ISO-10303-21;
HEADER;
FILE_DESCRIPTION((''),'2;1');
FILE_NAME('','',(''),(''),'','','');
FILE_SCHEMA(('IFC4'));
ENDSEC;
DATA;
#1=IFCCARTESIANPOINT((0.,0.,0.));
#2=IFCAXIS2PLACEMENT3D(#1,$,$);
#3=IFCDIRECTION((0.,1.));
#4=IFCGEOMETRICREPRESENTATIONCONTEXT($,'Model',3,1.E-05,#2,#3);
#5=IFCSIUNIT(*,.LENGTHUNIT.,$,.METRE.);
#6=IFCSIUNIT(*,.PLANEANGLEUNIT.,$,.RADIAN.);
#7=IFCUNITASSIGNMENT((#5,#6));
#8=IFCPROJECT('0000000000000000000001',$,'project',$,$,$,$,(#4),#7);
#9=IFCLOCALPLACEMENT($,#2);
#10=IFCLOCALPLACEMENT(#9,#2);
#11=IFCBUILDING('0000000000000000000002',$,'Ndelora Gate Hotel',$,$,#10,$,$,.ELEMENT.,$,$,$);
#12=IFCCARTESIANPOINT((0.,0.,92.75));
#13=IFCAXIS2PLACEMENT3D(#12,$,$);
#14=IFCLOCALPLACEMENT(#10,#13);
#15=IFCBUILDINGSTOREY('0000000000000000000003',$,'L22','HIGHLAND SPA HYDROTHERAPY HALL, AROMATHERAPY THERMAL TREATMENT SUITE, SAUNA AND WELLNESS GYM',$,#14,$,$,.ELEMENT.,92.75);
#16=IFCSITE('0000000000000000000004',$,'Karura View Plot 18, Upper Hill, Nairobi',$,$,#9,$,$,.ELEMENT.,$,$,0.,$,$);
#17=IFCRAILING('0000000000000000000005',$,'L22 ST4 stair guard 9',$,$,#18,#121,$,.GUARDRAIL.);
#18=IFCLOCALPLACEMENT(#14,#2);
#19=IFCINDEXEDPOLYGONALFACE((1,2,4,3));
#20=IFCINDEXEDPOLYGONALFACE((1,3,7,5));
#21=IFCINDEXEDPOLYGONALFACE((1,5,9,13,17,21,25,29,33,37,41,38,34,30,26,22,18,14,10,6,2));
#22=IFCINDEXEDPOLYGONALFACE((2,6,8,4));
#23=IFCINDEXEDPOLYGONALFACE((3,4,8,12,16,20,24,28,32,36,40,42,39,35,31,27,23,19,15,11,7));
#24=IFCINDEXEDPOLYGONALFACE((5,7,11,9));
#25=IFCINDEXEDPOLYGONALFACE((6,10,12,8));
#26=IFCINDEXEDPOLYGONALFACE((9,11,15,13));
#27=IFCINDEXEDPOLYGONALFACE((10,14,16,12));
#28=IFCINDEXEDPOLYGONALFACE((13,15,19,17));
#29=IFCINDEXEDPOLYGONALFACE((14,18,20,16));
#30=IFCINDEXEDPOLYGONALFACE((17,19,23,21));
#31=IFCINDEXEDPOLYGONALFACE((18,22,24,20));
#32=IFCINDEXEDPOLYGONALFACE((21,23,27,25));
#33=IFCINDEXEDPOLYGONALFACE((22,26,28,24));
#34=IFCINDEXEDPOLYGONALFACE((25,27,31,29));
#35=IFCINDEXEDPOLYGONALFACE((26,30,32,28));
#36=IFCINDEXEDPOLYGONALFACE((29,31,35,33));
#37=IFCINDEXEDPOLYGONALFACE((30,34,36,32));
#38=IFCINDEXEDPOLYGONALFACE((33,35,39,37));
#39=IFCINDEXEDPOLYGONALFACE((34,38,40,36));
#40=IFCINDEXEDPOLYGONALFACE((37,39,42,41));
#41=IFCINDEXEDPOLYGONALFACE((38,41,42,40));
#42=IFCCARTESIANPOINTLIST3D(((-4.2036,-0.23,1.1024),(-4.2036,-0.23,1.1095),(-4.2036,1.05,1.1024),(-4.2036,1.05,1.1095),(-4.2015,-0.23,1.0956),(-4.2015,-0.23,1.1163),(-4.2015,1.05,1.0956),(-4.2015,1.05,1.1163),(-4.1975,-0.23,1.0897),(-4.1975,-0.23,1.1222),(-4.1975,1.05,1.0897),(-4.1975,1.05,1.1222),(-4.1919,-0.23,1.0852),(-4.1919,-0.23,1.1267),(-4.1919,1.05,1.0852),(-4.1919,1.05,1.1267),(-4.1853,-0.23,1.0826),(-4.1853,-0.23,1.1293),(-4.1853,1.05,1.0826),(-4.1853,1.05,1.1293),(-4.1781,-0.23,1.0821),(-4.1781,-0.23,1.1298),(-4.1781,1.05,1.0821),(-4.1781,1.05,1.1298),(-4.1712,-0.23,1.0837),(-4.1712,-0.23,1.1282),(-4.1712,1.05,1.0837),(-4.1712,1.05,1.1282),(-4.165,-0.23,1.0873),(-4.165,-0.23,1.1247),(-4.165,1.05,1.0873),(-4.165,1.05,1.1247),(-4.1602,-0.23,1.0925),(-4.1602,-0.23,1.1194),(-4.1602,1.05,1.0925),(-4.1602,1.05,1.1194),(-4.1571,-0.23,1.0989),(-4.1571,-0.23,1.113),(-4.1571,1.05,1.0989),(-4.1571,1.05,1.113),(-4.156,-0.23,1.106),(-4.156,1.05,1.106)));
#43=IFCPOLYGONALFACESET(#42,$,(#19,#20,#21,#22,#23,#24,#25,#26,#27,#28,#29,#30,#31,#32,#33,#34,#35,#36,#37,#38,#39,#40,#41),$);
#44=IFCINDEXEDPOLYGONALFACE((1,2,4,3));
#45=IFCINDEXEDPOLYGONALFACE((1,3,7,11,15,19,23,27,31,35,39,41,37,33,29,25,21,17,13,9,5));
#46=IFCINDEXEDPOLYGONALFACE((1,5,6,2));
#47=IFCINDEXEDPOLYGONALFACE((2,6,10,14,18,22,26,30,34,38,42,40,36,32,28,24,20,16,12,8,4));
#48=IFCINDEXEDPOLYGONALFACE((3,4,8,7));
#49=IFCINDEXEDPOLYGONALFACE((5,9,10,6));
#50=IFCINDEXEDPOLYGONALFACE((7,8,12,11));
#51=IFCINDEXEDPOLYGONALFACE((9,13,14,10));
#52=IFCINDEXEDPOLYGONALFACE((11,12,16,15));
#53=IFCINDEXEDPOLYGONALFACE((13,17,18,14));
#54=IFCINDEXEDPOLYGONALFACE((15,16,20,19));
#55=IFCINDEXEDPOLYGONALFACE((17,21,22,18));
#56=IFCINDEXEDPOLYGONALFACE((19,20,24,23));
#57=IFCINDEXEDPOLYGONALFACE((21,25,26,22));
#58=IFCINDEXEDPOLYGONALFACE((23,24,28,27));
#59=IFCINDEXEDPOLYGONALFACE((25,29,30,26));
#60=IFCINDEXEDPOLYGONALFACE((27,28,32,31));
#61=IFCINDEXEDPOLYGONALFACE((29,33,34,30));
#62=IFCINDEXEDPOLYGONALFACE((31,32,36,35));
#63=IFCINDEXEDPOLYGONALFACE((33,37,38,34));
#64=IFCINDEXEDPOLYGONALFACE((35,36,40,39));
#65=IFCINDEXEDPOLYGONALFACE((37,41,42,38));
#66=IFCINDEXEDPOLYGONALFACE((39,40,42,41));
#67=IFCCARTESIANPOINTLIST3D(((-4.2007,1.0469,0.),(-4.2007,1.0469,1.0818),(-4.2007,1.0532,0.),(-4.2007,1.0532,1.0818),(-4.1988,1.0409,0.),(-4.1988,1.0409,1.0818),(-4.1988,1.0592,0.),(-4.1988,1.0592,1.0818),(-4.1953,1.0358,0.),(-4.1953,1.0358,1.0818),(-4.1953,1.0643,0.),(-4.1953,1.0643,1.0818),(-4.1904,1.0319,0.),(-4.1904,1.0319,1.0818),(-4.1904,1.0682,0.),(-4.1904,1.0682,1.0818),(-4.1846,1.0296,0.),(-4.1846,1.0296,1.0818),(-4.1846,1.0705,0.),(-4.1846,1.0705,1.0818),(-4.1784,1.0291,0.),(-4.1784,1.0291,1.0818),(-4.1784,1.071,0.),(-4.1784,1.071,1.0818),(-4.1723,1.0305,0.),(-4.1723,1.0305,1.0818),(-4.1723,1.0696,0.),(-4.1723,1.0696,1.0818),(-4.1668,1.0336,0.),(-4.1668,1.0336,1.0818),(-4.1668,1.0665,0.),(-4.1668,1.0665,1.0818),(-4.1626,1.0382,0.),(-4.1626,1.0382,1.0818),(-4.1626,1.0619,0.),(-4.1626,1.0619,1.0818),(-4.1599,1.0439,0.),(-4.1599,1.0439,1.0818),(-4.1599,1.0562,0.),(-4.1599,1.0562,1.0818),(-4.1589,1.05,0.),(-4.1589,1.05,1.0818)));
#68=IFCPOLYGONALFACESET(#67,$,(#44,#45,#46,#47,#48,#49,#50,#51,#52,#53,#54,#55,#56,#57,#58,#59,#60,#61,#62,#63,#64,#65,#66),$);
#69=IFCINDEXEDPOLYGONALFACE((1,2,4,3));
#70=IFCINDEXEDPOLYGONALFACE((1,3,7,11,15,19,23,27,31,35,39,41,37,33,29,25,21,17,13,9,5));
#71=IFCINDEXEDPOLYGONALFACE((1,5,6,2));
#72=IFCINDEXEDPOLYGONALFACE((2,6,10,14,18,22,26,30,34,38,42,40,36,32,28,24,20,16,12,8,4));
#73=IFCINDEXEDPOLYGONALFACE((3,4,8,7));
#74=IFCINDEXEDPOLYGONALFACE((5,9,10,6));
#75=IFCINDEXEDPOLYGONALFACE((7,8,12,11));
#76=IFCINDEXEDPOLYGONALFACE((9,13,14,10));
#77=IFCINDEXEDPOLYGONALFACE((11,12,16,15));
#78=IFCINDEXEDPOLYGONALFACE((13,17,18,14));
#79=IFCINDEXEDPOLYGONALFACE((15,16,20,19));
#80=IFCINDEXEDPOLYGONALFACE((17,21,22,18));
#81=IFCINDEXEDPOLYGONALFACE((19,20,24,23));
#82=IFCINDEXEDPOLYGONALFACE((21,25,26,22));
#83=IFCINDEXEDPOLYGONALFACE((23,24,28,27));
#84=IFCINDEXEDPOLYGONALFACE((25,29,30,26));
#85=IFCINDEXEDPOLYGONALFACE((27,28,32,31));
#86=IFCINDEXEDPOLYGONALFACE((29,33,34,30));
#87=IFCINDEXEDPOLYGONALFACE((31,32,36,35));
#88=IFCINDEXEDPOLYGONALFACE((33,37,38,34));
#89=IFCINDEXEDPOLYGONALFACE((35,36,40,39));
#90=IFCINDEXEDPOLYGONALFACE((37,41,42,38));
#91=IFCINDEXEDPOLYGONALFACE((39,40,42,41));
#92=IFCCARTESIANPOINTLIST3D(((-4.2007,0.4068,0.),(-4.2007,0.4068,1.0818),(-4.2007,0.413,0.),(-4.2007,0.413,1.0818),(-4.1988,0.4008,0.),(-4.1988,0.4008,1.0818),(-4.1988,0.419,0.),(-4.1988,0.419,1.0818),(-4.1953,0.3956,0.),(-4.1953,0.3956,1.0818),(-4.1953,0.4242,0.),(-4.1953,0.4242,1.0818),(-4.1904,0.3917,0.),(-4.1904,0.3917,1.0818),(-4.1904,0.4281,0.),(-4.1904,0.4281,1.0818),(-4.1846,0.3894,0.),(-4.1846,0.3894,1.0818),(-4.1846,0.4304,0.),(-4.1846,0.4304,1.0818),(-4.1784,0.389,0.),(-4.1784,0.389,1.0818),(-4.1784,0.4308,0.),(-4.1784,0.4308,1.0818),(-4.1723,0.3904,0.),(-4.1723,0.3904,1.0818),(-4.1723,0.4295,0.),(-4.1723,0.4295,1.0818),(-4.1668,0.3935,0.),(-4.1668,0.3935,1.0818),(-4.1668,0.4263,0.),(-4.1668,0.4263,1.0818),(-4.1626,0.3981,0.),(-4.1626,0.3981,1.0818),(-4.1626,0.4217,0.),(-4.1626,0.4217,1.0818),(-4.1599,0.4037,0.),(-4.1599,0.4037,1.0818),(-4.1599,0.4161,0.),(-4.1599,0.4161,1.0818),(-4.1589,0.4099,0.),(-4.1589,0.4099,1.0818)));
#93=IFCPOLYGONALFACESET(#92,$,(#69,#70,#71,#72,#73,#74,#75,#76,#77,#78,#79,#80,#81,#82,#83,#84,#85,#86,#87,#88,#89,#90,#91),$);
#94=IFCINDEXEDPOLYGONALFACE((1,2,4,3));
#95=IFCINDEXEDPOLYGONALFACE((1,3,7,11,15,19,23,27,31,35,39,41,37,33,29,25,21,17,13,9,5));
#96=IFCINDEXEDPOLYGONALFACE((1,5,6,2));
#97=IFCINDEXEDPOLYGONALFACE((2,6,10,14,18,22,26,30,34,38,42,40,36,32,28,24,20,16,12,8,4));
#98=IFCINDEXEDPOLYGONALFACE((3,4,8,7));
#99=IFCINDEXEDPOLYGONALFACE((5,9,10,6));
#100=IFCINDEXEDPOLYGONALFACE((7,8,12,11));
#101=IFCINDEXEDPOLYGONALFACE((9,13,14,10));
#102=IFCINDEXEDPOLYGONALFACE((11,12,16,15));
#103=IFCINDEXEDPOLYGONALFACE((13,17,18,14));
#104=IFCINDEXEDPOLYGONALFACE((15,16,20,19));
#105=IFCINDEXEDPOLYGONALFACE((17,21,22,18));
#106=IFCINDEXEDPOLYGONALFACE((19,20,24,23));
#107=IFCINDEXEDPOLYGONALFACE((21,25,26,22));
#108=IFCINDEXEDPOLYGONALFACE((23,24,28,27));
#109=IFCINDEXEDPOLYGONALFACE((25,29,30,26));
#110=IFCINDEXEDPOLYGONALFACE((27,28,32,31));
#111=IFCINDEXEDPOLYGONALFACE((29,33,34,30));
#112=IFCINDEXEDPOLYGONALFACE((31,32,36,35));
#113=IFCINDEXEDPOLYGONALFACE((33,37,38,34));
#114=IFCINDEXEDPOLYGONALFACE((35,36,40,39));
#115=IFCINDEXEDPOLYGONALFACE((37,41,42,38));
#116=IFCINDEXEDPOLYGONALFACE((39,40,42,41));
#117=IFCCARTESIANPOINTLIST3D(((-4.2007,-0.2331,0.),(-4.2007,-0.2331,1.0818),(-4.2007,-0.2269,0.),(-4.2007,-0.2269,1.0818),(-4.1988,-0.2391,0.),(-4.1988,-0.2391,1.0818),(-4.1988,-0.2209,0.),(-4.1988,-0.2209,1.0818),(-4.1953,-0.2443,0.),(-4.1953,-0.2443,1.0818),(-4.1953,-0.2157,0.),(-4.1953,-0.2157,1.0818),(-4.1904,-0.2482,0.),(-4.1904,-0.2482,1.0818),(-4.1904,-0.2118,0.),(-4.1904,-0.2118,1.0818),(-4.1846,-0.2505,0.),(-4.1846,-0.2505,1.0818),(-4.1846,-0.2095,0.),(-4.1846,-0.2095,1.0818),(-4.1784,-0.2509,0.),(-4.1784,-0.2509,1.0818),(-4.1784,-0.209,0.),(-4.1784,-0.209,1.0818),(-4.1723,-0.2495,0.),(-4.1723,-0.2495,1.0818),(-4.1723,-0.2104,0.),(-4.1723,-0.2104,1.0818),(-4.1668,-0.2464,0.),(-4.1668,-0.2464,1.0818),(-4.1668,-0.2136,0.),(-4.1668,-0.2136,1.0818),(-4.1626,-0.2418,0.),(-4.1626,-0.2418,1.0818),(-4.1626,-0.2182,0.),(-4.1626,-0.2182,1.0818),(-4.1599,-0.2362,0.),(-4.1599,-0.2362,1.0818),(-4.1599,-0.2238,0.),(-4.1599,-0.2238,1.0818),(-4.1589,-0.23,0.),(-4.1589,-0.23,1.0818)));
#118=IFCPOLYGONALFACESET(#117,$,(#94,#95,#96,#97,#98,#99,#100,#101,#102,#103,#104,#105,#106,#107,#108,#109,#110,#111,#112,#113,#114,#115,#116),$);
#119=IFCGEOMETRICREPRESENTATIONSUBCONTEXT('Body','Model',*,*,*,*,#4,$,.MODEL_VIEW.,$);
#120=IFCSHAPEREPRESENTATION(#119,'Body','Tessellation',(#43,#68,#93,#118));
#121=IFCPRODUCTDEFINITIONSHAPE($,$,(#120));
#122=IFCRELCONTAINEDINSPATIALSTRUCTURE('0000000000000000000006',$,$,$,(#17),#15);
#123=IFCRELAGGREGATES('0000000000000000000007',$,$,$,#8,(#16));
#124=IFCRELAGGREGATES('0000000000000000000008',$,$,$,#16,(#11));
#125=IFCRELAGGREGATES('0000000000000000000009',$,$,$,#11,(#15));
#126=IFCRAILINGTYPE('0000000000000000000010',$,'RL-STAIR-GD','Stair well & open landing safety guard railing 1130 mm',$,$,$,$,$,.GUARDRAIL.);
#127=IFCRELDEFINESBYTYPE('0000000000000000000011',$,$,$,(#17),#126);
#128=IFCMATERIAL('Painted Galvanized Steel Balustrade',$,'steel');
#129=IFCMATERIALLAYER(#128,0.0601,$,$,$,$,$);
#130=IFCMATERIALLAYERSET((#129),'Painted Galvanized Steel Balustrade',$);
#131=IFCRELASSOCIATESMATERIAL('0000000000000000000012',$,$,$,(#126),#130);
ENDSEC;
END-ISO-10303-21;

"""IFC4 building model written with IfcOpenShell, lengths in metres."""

from ifc_helpers import new_model, si_unit, direction, frame, origin, origin_2d, place, context, subcontext, project, spatial, circle, extrude, material, layer, layer_set, type_object, element, save


model = new_model("IFC4")

# Units and contexts
model_context = context("Model", 3, precision=1e-05, world=origin(), true_north=direction((0.0, 1.0)))
body_context = subcontext(model_context, "Body", "Model", "MODEL_VIEW")
ifc_project = project(units=[si_unit("LENGTHUNIT", "METRE"), si_unit("PLANEANGLEUNIT", "RADIAN")], contexts=[model_context])

# Site, building, storey
site_placement = place(None, origin())
site = spatial("IfcSite", under=ifc_project, at=site_placement, Name="Karura View Plot 18, Upper Hill, Nairobi", CompositionType="ELEMENT", RefElevation=0.0)
building_placement = place(site_placement, origin())
building = spatial("IfcBuilding", under=site, at=building_placement, Name="Ndelora Gate Hotel", CompositionType="ELEMENT")
storey_placement = place(building_placement, frame((0.0, 0.0, 92.75)))
storey = spatial("IfcBuildingStorey", under=building, at=storey_placement, Name="L22", Description="HIGHLAND SPA HYDROTHERAPY HALL, AROMATHERAPY THERMAL TREATMENT SUITE, SAUNA AND WELLNESS GYM", CompositionType="ELEMENT", Elevation=92.75)

# Railing
ifc_material_1 = material(Name="Painted Galvanized Steel Balustrade", Category="steel")
ifc_layer_1 = layer(ifc_material_1, 0.0601)
ifc_layer_set_1 = layer_set([ifc_layer_1], Name="Painted Galvanized Steel Balustrade")
railing_type = type_object("IfcRailingType", Name="RL-STAIR-GD", Description="Stair well & open landing safety guard railing 1130 mm", PredefinedType="GUARDRAIL", material=ifc_layer_set_1)
for number, where, name in (
    (1, (-4.1799, 1.05, 0.0), "L22 ST4 stair guard 9"),
):
    element("IfcRailing", number, at=place(storey_placement, frame(where)), inside=storey, type_object=railing_type, Name=name, PredefinedType="GUARDRAIL", context=body_context, shape_type="SweptSolid", body=[
        extrude(circle(Radius=0.0239, at=origin_2d()), frame((0.0, 0.0, 1.106), z_axis=(0.0, -1.0, 0.0), x_axis=(1.0, 0.0, 0.0)), (0.0, 0.0, 1.0), 1.28),
        extrude(circle(Radius=0.021, at=origin_2d()), origin(), (0.0, 0.0, 1.0), 1.0818),
        extrude(circle(Radius=0.021, at=origin_2d()), frame((0.0, -0.6401, 0.0)), (0.0, 0.0, 1.0), 1.0818),
        extrude(circle(Radius=0.021, at=origin_2d()), frame((0.0, -1.28, 0.0)), (0.0, 0.0, 1.0), 1.0818),
    ])

save(model, "model.ifc")
